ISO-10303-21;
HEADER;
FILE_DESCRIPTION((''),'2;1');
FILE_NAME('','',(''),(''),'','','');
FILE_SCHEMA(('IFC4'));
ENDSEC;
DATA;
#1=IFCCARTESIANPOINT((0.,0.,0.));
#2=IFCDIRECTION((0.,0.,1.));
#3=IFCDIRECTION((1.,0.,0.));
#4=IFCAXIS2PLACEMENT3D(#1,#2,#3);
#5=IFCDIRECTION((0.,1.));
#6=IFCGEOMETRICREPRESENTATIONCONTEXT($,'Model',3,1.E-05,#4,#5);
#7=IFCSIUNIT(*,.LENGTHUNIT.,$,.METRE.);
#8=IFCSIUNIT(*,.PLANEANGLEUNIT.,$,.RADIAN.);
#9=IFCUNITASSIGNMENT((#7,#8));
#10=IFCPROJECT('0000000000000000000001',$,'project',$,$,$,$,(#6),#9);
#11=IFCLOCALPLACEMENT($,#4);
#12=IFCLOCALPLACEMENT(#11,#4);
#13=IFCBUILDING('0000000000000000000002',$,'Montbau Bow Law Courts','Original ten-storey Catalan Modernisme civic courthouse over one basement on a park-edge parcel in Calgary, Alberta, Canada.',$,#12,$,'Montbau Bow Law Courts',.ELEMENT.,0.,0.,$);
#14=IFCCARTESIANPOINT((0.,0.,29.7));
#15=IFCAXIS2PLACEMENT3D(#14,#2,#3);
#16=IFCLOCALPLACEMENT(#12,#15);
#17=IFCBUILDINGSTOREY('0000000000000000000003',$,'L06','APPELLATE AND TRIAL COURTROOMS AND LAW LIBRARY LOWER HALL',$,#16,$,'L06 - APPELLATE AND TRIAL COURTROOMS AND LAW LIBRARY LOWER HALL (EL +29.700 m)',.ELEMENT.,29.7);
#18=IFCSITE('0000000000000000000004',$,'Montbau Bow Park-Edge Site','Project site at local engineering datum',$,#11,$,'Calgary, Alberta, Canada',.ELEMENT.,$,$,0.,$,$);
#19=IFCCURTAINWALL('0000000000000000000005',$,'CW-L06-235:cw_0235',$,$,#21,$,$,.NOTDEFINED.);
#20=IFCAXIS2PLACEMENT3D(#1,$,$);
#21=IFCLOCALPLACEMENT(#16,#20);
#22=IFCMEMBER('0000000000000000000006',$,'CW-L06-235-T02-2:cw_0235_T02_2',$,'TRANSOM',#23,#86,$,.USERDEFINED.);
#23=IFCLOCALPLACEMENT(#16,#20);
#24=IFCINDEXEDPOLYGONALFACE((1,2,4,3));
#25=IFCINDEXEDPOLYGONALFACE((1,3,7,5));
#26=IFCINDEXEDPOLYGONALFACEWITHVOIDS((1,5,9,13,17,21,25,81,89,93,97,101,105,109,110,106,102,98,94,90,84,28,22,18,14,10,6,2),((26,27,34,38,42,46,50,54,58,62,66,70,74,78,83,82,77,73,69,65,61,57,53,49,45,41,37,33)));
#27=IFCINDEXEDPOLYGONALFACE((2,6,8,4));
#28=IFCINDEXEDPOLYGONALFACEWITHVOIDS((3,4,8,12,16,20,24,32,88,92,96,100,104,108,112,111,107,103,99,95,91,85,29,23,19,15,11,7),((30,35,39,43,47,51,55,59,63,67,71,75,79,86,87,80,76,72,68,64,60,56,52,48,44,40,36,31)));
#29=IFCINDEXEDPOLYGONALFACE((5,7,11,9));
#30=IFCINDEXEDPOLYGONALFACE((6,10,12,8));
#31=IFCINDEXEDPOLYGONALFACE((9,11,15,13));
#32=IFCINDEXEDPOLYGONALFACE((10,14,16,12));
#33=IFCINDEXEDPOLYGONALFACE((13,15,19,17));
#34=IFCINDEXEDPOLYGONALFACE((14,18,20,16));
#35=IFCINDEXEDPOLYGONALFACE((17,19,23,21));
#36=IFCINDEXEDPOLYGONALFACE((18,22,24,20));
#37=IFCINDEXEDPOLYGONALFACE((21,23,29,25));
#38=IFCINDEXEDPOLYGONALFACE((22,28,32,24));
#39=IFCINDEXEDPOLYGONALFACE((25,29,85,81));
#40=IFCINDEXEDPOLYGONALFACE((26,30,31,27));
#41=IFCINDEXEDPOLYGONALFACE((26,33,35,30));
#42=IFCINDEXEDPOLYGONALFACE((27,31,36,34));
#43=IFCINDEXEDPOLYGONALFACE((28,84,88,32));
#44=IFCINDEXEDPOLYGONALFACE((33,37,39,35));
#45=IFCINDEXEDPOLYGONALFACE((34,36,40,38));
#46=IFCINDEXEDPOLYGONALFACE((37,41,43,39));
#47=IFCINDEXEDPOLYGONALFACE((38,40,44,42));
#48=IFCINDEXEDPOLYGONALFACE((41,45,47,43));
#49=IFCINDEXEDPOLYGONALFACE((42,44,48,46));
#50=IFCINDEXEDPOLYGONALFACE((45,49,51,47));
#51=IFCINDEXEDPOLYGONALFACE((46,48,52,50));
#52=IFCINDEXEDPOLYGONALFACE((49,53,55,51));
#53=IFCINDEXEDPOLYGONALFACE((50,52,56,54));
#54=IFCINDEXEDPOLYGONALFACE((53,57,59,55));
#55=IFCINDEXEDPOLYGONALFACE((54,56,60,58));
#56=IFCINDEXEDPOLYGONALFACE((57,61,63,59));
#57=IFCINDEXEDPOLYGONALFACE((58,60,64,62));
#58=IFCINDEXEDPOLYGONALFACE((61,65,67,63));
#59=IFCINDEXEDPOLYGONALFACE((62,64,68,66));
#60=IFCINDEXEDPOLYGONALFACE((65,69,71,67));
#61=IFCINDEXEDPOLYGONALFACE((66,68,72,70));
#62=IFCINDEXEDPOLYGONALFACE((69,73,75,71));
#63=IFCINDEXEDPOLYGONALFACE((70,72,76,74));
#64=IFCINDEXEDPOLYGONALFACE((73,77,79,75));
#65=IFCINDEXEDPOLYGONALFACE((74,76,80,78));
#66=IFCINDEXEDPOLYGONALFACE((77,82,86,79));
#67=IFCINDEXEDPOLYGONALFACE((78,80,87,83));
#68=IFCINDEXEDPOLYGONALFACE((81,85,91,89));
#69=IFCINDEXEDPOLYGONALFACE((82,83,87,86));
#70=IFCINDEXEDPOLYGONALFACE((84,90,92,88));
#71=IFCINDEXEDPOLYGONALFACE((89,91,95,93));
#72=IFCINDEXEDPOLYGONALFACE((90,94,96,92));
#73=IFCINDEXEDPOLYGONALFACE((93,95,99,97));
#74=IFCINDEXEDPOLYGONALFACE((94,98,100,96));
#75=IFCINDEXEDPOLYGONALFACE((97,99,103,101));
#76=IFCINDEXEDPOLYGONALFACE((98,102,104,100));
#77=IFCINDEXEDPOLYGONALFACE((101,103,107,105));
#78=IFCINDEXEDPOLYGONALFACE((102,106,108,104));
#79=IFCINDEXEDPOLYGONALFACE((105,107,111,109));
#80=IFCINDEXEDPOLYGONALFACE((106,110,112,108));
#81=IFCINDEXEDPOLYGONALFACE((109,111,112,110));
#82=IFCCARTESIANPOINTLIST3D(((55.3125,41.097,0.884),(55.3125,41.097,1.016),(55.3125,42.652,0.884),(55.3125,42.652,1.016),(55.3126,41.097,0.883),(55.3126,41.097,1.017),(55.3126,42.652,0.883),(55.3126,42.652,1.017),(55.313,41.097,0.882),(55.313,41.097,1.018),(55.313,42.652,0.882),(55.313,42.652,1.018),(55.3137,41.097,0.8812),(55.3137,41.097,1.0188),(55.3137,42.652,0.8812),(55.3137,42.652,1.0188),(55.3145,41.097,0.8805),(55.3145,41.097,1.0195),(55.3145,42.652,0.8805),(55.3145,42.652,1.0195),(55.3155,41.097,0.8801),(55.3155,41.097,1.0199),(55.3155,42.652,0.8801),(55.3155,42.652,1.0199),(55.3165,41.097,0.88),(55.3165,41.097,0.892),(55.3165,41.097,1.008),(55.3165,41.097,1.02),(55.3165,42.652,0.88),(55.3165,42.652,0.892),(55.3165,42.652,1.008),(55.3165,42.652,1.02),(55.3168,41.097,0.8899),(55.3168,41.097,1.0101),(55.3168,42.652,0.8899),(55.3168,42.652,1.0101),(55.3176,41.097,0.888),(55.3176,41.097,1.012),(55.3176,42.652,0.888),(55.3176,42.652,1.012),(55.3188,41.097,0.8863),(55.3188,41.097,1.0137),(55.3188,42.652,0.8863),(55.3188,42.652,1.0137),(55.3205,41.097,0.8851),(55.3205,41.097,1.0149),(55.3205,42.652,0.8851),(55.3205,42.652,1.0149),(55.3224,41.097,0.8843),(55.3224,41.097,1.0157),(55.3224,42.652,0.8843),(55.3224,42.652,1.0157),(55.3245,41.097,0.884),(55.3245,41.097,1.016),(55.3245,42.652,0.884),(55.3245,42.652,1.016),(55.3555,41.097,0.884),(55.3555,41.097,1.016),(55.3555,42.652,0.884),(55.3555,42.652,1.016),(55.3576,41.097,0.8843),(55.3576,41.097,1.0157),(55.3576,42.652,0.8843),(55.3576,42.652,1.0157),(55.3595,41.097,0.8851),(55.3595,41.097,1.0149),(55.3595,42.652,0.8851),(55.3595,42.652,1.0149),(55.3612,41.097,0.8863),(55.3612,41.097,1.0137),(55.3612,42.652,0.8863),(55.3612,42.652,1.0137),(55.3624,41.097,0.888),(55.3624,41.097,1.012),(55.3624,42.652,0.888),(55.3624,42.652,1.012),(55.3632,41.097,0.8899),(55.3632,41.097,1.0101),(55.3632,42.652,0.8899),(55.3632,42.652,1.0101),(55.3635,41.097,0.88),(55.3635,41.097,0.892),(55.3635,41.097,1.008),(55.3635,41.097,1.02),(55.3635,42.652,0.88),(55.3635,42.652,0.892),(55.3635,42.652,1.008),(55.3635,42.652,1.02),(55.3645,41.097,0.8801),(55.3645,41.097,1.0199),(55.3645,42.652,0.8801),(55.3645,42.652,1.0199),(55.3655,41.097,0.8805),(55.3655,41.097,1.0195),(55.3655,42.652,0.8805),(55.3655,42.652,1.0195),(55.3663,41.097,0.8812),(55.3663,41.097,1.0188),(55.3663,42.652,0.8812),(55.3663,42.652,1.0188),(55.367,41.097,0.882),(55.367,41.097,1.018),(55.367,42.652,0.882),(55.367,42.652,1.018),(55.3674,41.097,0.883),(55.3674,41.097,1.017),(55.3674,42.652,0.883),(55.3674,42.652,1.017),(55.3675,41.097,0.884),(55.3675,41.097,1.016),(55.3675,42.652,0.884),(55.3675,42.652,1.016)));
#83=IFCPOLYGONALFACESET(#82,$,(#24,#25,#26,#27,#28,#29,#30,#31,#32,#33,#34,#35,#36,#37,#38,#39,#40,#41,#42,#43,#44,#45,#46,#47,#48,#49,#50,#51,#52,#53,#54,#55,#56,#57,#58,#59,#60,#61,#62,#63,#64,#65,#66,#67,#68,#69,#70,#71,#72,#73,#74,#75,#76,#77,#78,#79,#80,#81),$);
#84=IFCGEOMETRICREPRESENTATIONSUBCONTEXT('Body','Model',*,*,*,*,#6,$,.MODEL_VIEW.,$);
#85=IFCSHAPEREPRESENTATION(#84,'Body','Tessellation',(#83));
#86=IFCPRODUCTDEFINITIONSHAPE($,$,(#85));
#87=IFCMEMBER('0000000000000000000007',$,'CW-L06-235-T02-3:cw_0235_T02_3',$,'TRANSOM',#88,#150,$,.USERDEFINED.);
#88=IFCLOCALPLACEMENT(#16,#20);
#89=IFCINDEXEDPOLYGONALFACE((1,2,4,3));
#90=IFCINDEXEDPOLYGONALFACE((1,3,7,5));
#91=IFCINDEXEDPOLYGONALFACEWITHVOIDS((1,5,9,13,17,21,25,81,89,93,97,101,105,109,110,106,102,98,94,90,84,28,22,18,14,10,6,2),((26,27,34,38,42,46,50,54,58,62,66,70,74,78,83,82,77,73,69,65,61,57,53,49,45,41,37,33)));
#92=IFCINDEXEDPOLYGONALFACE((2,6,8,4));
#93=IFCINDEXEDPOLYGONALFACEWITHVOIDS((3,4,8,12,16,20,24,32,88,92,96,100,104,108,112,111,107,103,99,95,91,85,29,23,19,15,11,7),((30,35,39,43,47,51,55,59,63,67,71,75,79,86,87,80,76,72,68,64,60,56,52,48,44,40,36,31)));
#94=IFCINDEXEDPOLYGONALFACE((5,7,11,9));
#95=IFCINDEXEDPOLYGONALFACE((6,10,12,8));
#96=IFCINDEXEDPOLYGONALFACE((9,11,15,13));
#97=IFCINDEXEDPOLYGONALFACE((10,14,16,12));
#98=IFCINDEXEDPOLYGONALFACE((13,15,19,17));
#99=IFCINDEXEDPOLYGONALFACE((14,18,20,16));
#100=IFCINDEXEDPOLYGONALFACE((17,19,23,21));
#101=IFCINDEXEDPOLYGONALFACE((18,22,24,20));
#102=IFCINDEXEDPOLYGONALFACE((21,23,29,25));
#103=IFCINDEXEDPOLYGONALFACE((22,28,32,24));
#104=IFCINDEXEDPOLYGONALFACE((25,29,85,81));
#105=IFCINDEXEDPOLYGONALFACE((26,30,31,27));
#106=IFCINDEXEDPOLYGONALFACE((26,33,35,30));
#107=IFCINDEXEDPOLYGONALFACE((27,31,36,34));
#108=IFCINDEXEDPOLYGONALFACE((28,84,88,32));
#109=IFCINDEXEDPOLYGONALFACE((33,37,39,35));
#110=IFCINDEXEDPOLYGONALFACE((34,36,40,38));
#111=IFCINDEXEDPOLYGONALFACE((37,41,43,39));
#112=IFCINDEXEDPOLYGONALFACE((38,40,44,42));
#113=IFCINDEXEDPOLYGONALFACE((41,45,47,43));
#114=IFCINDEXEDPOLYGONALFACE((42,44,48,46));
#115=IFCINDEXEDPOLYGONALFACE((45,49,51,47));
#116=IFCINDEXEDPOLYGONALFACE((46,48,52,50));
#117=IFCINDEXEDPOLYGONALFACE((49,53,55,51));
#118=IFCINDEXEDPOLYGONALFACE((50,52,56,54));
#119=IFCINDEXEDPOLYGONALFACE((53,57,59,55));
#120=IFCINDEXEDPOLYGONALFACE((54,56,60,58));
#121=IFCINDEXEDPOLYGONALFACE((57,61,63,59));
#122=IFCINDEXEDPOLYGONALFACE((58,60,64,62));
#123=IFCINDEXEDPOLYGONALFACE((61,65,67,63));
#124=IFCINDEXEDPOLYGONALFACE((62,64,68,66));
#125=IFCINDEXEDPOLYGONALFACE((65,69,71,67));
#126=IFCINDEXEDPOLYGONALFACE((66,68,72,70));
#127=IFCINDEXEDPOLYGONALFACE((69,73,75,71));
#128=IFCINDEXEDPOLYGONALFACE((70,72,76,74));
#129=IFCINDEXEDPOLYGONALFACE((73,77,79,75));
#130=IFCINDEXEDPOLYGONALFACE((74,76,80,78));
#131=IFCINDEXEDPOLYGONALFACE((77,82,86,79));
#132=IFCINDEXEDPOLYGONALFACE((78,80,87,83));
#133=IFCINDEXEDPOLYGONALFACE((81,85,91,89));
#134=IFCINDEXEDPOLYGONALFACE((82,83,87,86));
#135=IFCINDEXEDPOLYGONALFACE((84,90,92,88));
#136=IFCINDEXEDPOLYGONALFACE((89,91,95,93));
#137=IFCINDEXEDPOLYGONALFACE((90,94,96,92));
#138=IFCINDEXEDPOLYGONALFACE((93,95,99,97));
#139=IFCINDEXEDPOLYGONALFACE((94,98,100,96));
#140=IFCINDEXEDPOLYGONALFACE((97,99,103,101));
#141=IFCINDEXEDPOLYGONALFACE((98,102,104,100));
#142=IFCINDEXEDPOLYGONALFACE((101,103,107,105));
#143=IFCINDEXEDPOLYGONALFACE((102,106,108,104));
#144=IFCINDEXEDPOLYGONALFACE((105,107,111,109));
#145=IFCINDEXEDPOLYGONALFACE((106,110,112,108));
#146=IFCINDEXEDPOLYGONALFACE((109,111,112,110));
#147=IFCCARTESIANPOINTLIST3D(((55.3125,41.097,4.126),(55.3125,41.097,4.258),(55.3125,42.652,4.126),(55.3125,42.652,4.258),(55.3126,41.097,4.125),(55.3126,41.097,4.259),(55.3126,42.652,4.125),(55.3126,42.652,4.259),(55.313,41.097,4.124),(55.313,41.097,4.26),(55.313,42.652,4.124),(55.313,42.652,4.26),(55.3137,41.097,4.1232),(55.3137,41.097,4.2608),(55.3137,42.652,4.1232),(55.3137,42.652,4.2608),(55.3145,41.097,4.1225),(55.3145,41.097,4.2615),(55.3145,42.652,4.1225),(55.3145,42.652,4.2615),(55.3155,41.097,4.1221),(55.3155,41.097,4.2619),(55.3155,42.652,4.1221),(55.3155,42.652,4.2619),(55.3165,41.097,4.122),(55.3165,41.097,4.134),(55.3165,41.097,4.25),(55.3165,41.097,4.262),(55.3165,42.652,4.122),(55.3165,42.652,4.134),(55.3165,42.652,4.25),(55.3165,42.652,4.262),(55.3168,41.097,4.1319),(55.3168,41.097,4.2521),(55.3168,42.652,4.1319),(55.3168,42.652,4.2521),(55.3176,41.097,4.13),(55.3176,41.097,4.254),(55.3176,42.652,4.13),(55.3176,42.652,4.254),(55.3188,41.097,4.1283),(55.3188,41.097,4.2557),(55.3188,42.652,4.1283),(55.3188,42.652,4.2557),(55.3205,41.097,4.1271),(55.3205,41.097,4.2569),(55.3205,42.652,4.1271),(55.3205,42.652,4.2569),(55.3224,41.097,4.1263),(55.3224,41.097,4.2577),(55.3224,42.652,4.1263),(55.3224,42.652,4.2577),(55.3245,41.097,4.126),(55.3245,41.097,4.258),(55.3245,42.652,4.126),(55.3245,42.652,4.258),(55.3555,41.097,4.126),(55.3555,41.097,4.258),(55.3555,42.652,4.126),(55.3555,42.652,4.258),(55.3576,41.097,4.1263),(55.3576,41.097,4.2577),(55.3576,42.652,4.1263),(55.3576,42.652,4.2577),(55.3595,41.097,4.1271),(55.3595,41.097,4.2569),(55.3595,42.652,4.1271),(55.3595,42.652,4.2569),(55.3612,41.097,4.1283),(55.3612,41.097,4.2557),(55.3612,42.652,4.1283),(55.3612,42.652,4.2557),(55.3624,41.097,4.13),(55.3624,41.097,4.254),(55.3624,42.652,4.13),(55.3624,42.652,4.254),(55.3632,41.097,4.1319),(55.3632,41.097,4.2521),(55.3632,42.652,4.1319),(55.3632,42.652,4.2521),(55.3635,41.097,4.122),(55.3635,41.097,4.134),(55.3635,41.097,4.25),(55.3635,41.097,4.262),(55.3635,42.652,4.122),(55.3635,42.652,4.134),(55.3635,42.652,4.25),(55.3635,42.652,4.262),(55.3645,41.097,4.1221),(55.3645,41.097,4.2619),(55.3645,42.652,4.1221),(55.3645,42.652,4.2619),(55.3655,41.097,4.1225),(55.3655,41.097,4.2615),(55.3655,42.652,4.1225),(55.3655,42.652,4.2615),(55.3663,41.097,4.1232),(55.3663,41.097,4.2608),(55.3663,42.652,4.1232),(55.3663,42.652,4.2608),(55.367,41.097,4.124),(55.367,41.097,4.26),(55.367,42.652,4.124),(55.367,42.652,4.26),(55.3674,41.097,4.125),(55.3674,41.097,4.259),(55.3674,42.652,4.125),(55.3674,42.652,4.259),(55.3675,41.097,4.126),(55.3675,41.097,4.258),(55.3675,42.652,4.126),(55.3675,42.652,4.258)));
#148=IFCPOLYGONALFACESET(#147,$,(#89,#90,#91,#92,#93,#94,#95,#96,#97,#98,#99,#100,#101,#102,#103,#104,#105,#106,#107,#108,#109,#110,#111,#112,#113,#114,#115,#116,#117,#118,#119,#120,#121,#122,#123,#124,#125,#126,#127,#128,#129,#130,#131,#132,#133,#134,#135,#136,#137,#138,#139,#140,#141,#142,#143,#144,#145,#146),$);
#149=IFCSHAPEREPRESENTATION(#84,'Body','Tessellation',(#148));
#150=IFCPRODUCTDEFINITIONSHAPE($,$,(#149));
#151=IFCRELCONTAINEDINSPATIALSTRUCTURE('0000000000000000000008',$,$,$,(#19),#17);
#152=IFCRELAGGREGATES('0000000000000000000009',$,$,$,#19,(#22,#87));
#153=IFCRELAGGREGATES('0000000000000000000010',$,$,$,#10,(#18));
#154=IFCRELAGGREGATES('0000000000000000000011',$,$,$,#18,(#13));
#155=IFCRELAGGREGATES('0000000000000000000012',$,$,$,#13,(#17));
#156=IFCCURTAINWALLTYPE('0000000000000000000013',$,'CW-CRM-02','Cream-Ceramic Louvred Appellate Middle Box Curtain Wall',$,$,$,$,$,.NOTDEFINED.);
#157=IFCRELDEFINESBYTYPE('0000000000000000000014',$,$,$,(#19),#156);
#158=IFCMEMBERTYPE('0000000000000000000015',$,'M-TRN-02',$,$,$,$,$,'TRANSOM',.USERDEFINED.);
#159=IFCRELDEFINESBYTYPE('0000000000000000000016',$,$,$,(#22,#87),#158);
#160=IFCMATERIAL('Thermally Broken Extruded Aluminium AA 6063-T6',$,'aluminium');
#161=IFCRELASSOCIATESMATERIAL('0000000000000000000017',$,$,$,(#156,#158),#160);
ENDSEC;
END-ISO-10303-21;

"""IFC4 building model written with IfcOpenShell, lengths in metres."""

from ifc_helpers import new_model, si_unit, direction, frame, origin_with_axes, origin_2d_with_axis, place, context, subcontext, project, spatial, hollow_rectangle, extrude, material, material_profile, profile_set, type_object, element, aggregate, save


model = new_model("IFC4")

# Units and contexts
model_context = context("Model", 3, precision=1e-05, world=origin_with_axes(), true_north=direction((0.0, 1.0)))
body_context = subcontext(model_context, "Body", "Model", "MODEL_VIEW")
ifc_project = project(units=[si_unit("LENGTHUNIT", "METRE"), si_unit("PLANEANGLEUNIT", "RADIAN")], contexts=[model_context])

# Site, building, storey
site_placement = place(None, origin_with_axes())
site = spatial("IfcSite", under=ifc_project, at=site_placement, Name="Montbau Bow Park-Edge Site", Description="Project site at local engineering datum", LongName="Calgary, Alberta, Canada", CompositionType="ELEMENT", RefElevation=0.0)
building_placement = place(site_placement, origin_with_axes())
building = spatial("IfcBuilding", under=site, at=building_placement, Name="Montbau Bow Law Courts", Description="Original ten-storey Catalan Modernisme civic courthouse over one basement on a park-edge parcel in Calgary, Alberta, Canada.", LongName="Montbau Bow Law Courts", CompositionType="ELEMENT", ElevationOfRefHeight=0.0, ElevationOfTerrain=0.0)
storey_placement = place(building_placement, frame((0.0, 0.0, 29.7), z_axis=(0.0, 0.0, 1.0), x_axis=(1.0, 0.0, 0.0)))
storey = spatial("IfcBuildingStorey", under=building, at=storey_placement, Name="L06", Description="APPELLATE AND TRIAL COURTROOMS AND LAW LIBRARY LOWER HALL", LongName="L06 - APPELLATE AND TRIAL COURTROOMS AND LAW LIBRARY LOWER HALL (EL +29.700 m)", CompositionType="ELEMENT", Elevation=29.7)

# Shared definitions
ifc_material_1 = material(Name="Thermally Broken Extruded Aluminium AA 6063-T6", Category="aluminium")
curtain_wall_type = type_object("IfcCurtainWallType", Name="CW-CRM-02", Description="Cream-Ceramic Louvred Appellate Middle Box Curtain Wall", PredefinedType="NOTDEFINED", material=ifc_material_1)

# Curtain wall
curtain_wall_1_placement = place(None, frame((55.34, 39.44, 29.7), z_axis=(0.0, 0.0, 1.0), x_axis=(1.0, 0.0, 0.0)))
curtain_wall_1 = element("IfcCurtainWall", 1, at=curtain_wall_1_placement, inside=storey, type_object=curtain_wall_type, Name="CW-L06-235:cw_0235", PredefinedType="NOTDEFINED")

# Members
ifc_material_profile_1 = material_profile(ifc_material_1, hollow_rectangle(XDim=0.055, YDim=0.14, WallThickness=0.004, InnerFilletRadius=0.008, OuterFilletRadius=0.004, at=origin_2d_with_axis()), Name="CWT-140X55", Category="Main", Priority=0)
ifc_profile_set_1 = profile_set([ifc_material_profile_1], Name="Thermally Broken Extruded Aluminium AA 6063-T6")
member_type_1 = type_object("IfcMemberType", Name="M-TRN-02", ElementType="TRANSOM", PredefinedType="USERDEFINED", material=ifc_profile_set_1)
member_1_placement = place(None, frame((55.34, 41.097, 30.65), z_axis=(0.0, 1.0, 0.0), x_axis=(-1.0, 0.0, 0.0)))
member_1 = element("IfcMember", 2, at=member_1_placement, type_object=member_type_1, Name="CW-L06-235-T02-2:cw_0235_T02_2", ObjectType="TRANSOM", PredefinedType="USERDEFINED", context=body_context, shape_type="SweptSolid", body=[
    extrude(hollow_rectangle(XDim=0.055, YDim=0.14, WallThickness=0.004, InnerFilletRadius=0.008, OuterFilletRadius=0.004, at=origin_2d_with_axis()), origin_with_axes(), (0.0, 0.0, 1.0), 1.555),
])
member_2_placement = place(None, frame((55.34, 41.097, 33.892), z_axis=(0.0, 1.0, 0.0), x_axis=(-1.0, 0.0, 0.0)))
member_2 = element("IfcMember", 3, at=member_2_placement, type_object=member_type_1, Name="CW-L06-235-T02-3:cw_0235_T02_3", ObjectType="TRANSOM", PredefinedType="USERDEFINED", context=body_context, shape_type="SweptSolid", body=[
    extrude(hollow_rectangle(XDim=0.055, YDim=0.14, WallThickness=0.004, InnerFilletRadius=0.008, OuterFilletRadius=0.004, at=origin_2d_with_axis()), origin_with_axes(), (0.0, 0.0, 1.0), 1.555),
])

aggregate(curtain_wall_1, [member_1, member_2])

save(model, "model.ifc")
